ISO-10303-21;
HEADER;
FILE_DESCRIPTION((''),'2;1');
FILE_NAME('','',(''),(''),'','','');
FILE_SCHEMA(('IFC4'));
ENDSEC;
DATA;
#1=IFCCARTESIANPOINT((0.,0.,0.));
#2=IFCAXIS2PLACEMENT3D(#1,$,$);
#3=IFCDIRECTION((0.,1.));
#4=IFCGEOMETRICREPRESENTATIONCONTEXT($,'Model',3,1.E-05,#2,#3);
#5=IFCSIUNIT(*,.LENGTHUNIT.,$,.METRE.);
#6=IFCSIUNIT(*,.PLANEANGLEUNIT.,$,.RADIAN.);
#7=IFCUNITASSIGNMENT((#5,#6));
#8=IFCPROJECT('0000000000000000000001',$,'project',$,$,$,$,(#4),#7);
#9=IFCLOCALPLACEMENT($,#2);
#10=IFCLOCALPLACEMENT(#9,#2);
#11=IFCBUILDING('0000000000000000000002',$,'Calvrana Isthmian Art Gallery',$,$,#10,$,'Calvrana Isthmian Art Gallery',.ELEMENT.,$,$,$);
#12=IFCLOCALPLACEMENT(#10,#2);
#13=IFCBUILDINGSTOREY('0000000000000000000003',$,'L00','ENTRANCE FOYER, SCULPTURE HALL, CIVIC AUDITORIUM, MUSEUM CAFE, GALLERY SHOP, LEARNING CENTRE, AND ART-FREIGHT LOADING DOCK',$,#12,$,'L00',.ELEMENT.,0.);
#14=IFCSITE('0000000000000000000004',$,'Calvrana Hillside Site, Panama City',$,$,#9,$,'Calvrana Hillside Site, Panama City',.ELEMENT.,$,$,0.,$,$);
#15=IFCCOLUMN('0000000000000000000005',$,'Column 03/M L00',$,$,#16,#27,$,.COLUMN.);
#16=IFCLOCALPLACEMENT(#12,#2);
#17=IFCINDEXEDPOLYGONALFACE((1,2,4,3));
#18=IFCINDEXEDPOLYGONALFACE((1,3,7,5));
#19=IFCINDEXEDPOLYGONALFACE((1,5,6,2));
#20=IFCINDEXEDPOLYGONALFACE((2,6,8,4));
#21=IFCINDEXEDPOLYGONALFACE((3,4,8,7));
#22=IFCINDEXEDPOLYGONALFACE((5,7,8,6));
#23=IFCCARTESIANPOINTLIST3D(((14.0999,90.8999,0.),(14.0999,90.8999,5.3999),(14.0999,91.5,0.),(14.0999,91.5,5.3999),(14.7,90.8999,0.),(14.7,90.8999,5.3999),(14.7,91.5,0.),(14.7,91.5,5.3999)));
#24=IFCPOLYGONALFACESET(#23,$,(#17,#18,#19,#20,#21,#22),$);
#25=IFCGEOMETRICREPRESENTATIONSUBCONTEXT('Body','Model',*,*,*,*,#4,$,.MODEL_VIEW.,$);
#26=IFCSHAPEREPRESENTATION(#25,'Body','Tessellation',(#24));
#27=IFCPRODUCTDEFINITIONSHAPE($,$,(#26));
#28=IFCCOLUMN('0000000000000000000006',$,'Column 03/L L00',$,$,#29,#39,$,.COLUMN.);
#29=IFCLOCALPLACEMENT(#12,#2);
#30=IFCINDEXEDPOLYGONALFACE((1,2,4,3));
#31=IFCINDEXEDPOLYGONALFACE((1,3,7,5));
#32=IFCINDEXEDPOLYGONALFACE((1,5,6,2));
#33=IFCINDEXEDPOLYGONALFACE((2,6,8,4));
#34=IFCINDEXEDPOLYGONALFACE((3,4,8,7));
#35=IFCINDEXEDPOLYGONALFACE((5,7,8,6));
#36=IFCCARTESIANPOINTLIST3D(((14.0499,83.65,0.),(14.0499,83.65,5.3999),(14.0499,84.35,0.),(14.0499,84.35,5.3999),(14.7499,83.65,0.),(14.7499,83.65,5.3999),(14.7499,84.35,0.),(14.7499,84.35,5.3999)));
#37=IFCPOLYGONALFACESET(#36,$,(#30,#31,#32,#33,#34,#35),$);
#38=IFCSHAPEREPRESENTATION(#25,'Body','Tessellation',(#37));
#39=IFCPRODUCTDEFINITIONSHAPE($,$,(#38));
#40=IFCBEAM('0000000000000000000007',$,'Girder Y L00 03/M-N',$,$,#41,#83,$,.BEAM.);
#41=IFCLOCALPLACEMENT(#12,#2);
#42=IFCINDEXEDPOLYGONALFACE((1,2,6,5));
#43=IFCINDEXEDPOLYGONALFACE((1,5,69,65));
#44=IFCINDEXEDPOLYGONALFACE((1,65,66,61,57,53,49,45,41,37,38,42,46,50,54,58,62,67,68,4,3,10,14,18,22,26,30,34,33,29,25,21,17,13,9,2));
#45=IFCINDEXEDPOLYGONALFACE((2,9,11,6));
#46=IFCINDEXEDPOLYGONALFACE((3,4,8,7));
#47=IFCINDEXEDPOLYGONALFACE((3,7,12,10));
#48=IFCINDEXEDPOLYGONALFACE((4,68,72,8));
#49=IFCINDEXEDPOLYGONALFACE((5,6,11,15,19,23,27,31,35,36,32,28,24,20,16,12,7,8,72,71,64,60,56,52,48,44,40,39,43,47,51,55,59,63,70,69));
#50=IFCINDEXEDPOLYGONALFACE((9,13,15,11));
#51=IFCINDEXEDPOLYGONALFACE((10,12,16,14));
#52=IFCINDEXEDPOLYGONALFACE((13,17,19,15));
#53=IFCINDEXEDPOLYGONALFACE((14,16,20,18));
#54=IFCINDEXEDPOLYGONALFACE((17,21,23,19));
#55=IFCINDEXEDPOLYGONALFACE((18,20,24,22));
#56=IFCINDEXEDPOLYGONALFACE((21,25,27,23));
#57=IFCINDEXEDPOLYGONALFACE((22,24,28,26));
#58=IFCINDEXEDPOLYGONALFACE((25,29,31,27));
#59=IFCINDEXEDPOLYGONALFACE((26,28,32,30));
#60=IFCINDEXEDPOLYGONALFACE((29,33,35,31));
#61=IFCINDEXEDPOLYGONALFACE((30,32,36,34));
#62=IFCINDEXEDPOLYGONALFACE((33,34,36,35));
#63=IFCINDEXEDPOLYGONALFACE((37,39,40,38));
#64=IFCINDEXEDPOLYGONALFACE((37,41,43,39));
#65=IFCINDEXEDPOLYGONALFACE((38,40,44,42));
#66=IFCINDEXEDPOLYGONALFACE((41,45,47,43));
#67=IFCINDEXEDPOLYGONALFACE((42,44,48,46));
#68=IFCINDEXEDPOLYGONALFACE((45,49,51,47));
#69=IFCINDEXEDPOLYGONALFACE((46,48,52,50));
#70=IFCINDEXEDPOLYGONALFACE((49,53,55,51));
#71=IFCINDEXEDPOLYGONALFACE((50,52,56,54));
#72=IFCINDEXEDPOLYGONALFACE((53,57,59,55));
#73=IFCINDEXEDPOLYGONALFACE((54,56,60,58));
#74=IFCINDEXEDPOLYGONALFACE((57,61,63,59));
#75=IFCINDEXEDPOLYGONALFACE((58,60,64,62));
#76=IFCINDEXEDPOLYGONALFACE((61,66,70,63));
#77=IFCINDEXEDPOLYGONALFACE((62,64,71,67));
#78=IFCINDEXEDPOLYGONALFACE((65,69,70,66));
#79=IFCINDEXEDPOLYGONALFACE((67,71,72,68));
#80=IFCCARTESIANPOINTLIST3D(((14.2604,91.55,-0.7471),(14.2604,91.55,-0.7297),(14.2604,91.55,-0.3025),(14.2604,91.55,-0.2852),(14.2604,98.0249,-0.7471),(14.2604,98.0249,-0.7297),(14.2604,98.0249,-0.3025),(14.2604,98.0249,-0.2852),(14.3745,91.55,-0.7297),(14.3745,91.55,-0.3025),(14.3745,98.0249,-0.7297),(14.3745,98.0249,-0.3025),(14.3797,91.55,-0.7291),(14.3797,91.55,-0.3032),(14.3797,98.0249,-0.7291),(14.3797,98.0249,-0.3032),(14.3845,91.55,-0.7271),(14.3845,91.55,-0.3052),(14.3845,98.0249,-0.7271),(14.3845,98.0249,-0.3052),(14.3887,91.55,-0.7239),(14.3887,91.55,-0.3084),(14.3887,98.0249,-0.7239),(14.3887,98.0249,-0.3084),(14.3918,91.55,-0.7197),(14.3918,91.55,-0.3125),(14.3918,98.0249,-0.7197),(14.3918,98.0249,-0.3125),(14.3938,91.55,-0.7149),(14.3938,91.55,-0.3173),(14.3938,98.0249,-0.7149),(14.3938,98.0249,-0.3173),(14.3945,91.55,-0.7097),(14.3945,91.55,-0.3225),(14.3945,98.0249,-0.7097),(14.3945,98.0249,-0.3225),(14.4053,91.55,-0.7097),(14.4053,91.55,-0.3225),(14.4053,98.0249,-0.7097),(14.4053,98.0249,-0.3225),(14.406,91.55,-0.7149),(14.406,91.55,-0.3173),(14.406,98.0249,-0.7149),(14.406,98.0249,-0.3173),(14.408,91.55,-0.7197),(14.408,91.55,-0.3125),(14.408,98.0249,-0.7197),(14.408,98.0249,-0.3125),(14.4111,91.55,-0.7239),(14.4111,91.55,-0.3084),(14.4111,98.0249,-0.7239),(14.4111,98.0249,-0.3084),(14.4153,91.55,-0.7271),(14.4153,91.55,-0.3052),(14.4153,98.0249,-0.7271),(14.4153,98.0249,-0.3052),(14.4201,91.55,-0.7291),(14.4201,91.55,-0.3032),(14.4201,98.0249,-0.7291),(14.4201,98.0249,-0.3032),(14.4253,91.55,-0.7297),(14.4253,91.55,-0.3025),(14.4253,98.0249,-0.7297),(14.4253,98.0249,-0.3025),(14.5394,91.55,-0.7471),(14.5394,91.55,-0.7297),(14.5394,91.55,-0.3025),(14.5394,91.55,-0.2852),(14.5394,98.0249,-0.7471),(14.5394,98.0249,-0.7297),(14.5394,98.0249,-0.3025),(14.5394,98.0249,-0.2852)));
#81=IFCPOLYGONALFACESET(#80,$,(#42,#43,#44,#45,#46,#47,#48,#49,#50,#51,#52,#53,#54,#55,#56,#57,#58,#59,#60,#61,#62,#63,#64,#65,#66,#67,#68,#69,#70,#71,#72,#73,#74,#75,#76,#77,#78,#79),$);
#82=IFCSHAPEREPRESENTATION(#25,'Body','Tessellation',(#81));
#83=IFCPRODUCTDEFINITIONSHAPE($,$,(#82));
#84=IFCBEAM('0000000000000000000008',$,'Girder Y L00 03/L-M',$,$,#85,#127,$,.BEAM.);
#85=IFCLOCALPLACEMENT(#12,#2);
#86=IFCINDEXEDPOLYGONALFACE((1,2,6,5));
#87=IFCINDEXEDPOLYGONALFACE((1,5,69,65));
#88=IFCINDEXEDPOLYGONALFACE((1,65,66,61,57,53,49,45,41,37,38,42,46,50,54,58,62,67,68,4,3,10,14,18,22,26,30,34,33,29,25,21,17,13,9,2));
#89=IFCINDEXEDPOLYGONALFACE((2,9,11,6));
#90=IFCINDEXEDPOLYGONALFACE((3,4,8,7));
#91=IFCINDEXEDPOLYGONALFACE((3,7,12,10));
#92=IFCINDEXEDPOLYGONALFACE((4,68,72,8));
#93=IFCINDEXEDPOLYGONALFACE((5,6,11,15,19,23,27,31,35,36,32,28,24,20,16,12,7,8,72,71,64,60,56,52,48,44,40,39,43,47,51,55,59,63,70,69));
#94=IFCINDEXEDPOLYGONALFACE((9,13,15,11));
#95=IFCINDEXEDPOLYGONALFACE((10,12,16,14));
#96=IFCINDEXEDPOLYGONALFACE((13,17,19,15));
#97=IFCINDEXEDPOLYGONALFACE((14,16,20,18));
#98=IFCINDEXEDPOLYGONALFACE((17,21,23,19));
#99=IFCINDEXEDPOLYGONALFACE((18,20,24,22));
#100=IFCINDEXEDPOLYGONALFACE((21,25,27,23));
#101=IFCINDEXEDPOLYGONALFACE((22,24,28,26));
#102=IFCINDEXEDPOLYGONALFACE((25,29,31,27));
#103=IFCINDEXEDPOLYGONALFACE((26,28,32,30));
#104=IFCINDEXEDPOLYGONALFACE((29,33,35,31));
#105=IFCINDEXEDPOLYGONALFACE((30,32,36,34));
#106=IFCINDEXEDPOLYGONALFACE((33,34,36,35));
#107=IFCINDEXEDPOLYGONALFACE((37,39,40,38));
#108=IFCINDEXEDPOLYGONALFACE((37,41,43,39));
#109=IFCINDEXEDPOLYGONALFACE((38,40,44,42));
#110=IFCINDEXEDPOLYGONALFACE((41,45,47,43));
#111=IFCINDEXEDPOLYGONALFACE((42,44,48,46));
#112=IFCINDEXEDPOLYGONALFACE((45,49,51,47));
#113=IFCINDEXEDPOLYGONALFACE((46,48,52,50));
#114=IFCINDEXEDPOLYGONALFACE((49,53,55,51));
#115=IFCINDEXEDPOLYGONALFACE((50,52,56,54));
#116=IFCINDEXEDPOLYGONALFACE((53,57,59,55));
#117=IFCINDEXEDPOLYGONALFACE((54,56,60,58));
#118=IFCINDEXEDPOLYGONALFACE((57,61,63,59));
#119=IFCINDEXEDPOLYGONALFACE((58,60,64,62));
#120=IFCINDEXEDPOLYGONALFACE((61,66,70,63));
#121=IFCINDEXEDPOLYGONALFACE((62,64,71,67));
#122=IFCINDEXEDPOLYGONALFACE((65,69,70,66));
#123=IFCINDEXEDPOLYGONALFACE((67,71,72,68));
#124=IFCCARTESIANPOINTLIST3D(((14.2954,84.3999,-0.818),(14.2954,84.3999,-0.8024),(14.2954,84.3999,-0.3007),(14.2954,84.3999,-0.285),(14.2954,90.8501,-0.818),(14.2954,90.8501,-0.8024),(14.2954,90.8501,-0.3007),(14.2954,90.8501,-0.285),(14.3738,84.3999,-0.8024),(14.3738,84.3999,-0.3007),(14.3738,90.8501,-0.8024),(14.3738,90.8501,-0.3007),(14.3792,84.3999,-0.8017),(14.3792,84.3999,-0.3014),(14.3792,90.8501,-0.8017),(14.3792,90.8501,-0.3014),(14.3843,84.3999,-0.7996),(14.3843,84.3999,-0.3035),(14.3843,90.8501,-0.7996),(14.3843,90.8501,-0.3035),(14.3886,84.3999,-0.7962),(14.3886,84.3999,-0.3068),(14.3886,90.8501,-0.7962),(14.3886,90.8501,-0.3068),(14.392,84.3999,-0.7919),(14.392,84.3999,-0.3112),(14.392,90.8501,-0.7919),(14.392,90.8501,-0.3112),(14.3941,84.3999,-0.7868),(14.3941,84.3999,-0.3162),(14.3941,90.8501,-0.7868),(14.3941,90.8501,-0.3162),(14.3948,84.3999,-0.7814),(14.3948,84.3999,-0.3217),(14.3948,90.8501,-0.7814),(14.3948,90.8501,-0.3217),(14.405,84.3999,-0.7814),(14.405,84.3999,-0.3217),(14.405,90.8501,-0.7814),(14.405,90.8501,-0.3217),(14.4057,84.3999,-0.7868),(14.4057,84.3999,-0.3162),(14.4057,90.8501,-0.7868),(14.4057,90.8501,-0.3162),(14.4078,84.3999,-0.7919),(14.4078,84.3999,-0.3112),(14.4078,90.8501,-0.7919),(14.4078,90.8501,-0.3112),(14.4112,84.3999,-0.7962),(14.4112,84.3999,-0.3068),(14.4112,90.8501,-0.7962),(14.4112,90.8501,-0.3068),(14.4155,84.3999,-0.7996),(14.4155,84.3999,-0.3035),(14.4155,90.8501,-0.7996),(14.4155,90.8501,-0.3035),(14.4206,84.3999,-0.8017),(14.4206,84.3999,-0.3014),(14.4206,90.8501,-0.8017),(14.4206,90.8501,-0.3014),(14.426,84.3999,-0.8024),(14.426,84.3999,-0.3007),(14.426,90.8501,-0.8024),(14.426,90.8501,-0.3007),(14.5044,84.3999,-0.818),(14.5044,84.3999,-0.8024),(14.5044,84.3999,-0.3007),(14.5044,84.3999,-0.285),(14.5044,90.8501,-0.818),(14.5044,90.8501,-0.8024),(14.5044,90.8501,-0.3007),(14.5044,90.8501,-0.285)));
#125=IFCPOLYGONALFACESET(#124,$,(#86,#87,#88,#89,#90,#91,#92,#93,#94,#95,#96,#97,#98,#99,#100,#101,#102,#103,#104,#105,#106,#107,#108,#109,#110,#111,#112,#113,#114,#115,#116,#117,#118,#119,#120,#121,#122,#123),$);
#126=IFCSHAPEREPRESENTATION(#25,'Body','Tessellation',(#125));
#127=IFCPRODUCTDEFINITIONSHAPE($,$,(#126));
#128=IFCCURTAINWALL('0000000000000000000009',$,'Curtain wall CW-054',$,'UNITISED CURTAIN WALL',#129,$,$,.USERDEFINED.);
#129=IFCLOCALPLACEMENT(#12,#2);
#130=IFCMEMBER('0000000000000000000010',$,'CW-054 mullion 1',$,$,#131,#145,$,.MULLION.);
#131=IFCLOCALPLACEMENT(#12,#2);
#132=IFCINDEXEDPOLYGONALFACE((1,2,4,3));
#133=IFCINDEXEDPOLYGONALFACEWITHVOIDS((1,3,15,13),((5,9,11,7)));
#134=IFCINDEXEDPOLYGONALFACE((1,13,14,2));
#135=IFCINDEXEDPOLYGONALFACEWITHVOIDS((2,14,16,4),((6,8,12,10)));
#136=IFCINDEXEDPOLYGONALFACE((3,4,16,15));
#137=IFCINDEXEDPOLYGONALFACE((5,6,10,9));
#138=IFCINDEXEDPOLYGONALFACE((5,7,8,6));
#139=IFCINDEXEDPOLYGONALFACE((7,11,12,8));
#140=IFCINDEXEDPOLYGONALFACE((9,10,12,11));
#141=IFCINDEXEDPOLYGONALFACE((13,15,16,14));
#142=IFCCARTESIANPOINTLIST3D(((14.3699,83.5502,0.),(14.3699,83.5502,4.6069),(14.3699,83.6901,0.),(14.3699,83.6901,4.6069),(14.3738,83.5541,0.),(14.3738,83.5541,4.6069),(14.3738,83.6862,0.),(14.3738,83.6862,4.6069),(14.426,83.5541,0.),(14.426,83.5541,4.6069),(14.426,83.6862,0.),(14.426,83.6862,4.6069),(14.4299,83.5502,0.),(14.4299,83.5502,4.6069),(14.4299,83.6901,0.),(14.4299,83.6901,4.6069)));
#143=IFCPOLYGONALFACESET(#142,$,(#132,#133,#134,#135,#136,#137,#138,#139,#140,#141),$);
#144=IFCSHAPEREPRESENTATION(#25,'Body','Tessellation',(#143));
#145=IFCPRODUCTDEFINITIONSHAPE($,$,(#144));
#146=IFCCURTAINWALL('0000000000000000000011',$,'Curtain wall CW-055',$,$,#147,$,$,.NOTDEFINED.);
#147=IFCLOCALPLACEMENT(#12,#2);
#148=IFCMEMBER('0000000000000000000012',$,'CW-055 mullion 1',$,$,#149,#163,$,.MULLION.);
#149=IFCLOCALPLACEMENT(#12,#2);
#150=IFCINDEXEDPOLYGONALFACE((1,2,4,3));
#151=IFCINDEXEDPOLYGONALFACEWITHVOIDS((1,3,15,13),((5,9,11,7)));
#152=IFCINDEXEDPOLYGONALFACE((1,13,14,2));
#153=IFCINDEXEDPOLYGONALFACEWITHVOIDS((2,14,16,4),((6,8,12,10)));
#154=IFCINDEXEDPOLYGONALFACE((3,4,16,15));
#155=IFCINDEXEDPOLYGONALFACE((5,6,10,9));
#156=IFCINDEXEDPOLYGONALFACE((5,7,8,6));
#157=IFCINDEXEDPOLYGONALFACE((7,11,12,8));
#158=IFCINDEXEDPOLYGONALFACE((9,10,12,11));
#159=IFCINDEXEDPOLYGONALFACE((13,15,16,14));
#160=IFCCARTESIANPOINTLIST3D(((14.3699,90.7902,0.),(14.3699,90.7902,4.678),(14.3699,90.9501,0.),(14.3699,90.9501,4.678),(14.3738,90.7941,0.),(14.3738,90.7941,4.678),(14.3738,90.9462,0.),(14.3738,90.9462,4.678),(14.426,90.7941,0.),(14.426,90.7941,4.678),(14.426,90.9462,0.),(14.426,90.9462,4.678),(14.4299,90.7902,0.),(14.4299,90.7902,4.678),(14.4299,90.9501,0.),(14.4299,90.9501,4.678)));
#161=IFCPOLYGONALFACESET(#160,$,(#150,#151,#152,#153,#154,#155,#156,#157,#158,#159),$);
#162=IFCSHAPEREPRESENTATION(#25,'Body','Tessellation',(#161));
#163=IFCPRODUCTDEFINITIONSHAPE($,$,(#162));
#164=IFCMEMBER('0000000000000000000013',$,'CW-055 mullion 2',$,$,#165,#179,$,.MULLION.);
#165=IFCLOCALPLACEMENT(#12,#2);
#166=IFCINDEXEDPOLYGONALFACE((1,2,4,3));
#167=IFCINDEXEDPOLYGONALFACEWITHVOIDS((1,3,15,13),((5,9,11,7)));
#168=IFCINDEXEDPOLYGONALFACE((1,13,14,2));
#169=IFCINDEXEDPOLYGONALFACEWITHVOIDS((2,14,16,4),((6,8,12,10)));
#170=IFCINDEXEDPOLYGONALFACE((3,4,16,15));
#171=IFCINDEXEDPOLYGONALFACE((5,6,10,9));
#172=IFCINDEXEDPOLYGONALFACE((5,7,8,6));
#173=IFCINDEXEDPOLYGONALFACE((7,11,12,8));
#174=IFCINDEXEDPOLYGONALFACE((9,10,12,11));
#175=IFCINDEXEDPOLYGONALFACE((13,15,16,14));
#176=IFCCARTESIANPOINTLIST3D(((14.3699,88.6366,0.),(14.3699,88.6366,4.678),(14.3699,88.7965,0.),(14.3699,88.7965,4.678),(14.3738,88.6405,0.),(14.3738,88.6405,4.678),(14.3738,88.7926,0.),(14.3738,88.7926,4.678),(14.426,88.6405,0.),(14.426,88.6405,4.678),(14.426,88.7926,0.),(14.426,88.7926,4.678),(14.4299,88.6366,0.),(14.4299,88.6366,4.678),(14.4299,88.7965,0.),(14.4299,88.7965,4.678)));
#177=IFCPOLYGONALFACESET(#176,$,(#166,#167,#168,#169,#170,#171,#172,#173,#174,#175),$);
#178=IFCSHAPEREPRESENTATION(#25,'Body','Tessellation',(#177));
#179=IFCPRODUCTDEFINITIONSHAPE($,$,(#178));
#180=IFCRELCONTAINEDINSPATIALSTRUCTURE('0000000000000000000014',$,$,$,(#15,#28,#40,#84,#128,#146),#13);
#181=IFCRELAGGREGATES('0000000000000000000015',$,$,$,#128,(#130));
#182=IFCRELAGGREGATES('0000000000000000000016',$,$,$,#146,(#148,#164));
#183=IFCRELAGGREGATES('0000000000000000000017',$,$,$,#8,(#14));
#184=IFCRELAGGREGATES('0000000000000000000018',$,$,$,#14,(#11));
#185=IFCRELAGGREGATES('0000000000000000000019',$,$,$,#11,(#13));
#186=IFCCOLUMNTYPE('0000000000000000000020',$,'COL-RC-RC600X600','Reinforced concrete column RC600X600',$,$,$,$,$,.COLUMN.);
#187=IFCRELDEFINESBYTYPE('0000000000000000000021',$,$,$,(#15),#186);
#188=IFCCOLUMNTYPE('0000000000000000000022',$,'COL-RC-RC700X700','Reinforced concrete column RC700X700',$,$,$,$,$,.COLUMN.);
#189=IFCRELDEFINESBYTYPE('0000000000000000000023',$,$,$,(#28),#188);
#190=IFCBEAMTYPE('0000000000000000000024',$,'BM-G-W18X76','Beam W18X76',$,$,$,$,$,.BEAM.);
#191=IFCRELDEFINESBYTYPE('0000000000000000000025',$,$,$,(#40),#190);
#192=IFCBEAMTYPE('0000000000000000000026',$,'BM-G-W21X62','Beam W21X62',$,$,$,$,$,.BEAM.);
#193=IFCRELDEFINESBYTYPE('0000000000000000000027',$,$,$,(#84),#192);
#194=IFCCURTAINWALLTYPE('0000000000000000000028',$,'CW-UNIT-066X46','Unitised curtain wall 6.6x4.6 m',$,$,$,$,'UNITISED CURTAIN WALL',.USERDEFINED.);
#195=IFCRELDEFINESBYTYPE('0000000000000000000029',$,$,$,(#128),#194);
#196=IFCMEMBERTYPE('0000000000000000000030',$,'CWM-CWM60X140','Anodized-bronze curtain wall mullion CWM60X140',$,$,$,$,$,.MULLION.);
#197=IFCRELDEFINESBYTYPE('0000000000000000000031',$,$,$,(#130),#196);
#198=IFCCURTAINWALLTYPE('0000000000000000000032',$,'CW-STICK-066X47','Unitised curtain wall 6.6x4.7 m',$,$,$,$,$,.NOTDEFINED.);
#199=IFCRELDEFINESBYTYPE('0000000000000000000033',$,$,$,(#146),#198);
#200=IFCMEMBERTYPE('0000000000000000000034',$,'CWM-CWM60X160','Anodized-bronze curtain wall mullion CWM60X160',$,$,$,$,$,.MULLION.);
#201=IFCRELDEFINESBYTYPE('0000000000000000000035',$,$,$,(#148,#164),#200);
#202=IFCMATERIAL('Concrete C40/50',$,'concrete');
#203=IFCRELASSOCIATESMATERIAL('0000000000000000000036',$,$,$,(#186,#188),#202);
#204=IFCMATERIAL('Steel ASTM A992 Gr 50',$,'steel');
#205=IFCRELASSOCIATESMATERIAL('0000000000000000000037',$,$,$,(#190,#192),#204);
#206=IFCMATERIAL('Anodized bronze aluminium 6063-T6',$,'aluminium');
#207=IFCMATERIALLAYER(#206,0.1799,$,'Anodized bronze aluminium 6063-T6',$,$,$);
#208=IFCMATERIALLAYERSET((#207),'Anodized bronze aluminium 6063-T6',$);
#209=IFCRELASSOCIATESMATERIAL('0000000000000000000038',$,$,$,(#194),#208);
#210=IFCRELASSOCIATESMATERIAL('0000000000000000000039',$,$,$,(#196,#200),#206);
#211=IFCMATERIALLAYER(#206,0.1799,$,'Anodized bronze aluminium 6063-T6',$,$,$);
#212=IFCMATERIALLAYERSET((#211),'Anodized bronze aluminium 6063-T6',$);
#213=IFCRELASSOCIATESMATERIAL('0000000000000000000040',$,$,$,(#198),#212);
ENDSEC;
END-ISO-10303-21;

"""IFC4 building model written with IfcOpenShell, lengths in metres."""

from ifc_helpers import new_model, si_unit, direction, frame, origin, origin_2d, place, context, subcontext, project, spatial, rectangle, hollow_rectangle, i_section, extrude, material, layer, layer_set, material_profile, profile_set, type_object, element, aggregate, save


model = new_model("IFC4")

# Units and contexts
model_context = context("Model", 3, precision=1e-05, world=origin(), true_north=direction((0.0, 1.0)))
body_context = subcontext(model_context, "Body", "Model", "MODEL_VIEW")
ifc_project = project(units=[si_unit("LENGTHUNIT", "METRE"), si_unit("PLANEANGLEUNIT", "RADIAN")], contexts=[model_context])

# Site, building, storey
site_placement = place(None, origin())
site = spatial("IfcSite", under=ifc_project, at=site_placement, Name="Calvrana Hillside Site, Panama City", LongName="Calvrana Hillside Site, Panama City", CompositionType="ELEMENT", RefElevation=0.0)
building_placement = place(site_placement, origin())
building = spatial("IfcBuilding", under=site, at=building_placement, Name="Calvrana Isthmian Art Gallery", LongName="Calvrana Isthmian Art Gallery", CompositionType="ELEMENT")
storey_placement = place(building_placement, origin())
storey = spatial("IfcBuildingStorey", under=building, at=storey_placement, Name="L00", Description="ENTRANCE FOYER, SCULPTURE HALL, CIVIC AUDITORIUM, MUSEUM CAFE, GALLERY SHOP, LEARNING CENTRE, AND ART-FREIGHT LOADING DOCK", LongName="L00", CompositionType="ELEMENT", Elevation=0.0)

# Columns
ifc_material_1 = material(Name="Concrete C40/50", Category="concrete")
ifc_material_profile_1 = material_profile(ifc_material_1, rectangle(XDim=0.6001, YDim=0.6001, at=origin_2d()), Name="RC600X600")
ifc_profile_set_1 = profile_set([ifc_material_profile_1], Name="Concrete C40/50")
column_type_1 = type_object("IfcColumnType", Name="COL-RC-RC600X600", Description="Reinforced concrete column RC600X600", PredefinedType="COLUMN", material=ifc_profile_set_1)
column_1_placement = place(storey_placement, frame((14.3999, 91.2, 0.0), z_axis=(0.0, 0.0, 1.0), x_axis=(1.0, 0.0, 0.0)))
element("IfcColumn", 1, at=column_1_placement, inside=storey, type_object=column_type_1, Name="Column 03/M L00", PredefinedType="COLUMN", context=body_context, shape_type="SweptSolid", body=[
    extrude(rectangle(XDim=0.6001, YDim=0.6001, at=origin_2d()), origin(), (0.0, 0.0, 1.0), 5.3999),
])
ifc_material_profile_2 = material_profile(ifc_material_1, rectangle(XDim=0.7, YDim=0.7, at=origin_2d()), Name="RC700X700")
ifc_profile_set_2 = profile_set([ifc_material_profile_2], Name="Concrete C40/50")
column_type_2 = type_object("IfcColumnType", Name="COL-RC-RC700X700", Description="Reinforced concrete column RC700X700", PredefinedType="COLUMN", material=ifc_profile_set_2)
column_2_placement = place(storey_placement, frame((14.3999, 84.0, 0.0), z_axis=(0.0, 0.0, 1.0), x_axis=(1.0, 0.0, 0.0)))
element("IfcColumn", 2, at=column_2_placement, inside=storey, type_object=column_type_2, Name="Column 03/L L00", PredefinedType="COLUMN", context=body_context, shape_type="SweptSolid", body=[
    extrude(rectangle(XDim=0.7, YDim=0.7, at=origin_2d()), origin(), (0.0, 0.0, 1.0), 5.3999),
])

# Beams
ifc_material_2 = material(Name="Steel ASTM A992 Gr 50", Category="steel")
ifc_material_profile_3 = material_profile(ifc_material_2, i_section(OverallWidth=0.2791, OverallDepth=0.4619, WebThickness=0.0107, FlangeThickness=0.0173, FilletRadius=0.02, at=origin_2d()), Name="W18X76")
ifc_profile_set_3 = profile_set([ifc_material_profile_3], Name="Steel ASTM A992 Gr 50")
beam_type_1 = type_object("IfcBeamType", Name="BM-G-W18X76", Description="Beam W18X76", PredefinedType="BEAM", material=ifc_profile_set_3)
beam_1_placement = place(storey_placement, frame((14.3999, 91.55, -0.5161), z_axis=(0.0, 1.0, 0.0), x_axis=(-1.0, 0.0, 0.0)))
element("IfcBeam", 3, at=beam_1_placement, inside=storey, type_object=beam_type_1, Name="Girder Y L00 03/M-N", PredefinedType="BEAM", context=body_context, shape_type="SweptSolid", body=[
    extrude(i_section(OverallWidth=0.2791, OverallDepth=0.4619, WebThickness=0.0107, FlangeThickness=0.0173, FilletRadius=0.02, at=origin_2d()), origin(), (0.0, 0.0, 1.0), 6.4749),
])
ifc_material_profile_4 = material_profile(ifc_material_2, i_section(OverallWidth=0.209, OverallDepth=0.533, WebThickness=0.0103, FlangeThickness=0.0156, FilletRadius=0.021, at=origin_2d()), Name="W21X62")
ifc_profile_set_4 = profile_set([ifc_material_profile_4], Name="Steel ASTM A992 Gr 50")
beam_type_2 = type_object("IfcBeamType", Name="BM-G-W21X62", Description="Beam W21X62", PredefinedType="BEAM", material=ifc_profile_set_4)
beam_2_placement = place(storey_placement, frame((14.3999, 84.3999, -0.5515), z_axis=(0.0, 1.0, 0.0), x_axis=(-1.0, 0.0, 0.0)))
element("IfcBeam", 4, at=beam_2_placement, inside=storey, type_object=beam_type_2, Name="Girder Y L00 03/L-M", PredefinedType="BEAM", context=body_context, shape_type="SweptSolid", body=[
    extrude(i_section(OverallWidth=0.209, OverallDepth=0.533, WebThickness=0.0103, FlangeThickness=0.0156, FilletRadius=0.021, at=origin_2d()), origin(), (0.0, 0.0, 1.0), 6.4502),
])

# Curtain wall, member
ifc_material_3 = material(Name="Anodized bronze aluminium 6063-T6", Category="aluminium")
ifc_layer_1 = layer(ifc_material_3, 0.1799, Name="Anodized bronze aluminium 6063-T6")
ifc_layer_set_1 = layer_set([ifc_layer_1], Name="Anodized bronze aluminium 6063-T6")
curtain_wall_type_1 = type_object("IfcCurtainWallType", Name="CW-UNIT-066X46", Description="Unitised curtain wall 6.6x4.6 m", ElementType="UNITISED CURTAIN WALL", PredefinedType="USERDEFINED", material=ifc_layer_set_1)
curtain_wall_1_placement = place(storey_placement, origin())
curtain_wall_1 = element("IfcCurtainWall", 5, at=curtain_wall_1_placement, inside=storey, type_object=curtain_wall_type_1, Name="Curtain wall CW-054", ObjectType="UNITISED CURTAIN WALL", PredefinedType="USERDEFINED")
ifc_material_profile_5 = material_profile(ifc_material_3, hollow_rectangle(XDim=0.0601, YDim=0.1399, WallThickness=0.0039, at=origin_2d()), Name="CWM60X140")
ifc_profile_set_5 = profile_set([ifc_material_profile_5], Name="Anodized bronze aluminium 6063-T6")
member_type_1 = type_object("IfcMemberType", Name="CWM-CWM60X140", Description="Anodized-bronze curtain wall mullion CWM60X140", PredefinedType="MULLION", material=ifc_profile_set_5)
member_1_placement = place(storey_placement, frame((14.3999, 83.6201, 0.0), z_axis=(0.0, 0.0, 1.0), x_axis=(1.0, 0.0, 0.0)))
member_1 = element("IfcMember", 6, at=member_1_placement, type_object=member_type_1, Name="CW-054 mullion 1", PredefinedType="MULLION", context=body_context, shape_type="SweptSolid", body=[
    extrude(hollow_rectangle(XDim=0.0601, YDim=0.1399, WallThickness=0.0039, at=origin_2d()), origin(), (0.0, 0.0, 1.0), 4.6069),
])

# Curtain wall, members
ifc_layer_2 = layer(ifc_material_3, 0.1799, Name="Anodized bronze aluminium 6063-T6")
ifc_layer_set_2 = layer_set([ifc_layer_2], Name="Anodized bronze aluminium 6063-T6")
curtain_wall_type_2 = type_object("IfcCurtainWallType", Name="CW-STICK-066X47", Description="Unitised curtain wall 6.6x4.7 m", PredefinedType="NOTDEFINED", material=ifc_layer_set_2)
curtain_wall_2_placement = place(storey_placement, origin())
curtain_wall_2 = element("IfcCurtainWall", 7, at=curtain_wall_2_placement, inside=storey, type_object=curtain_wall_type_2, Name="Curtain wall CW-055", PredefinedType="NOTDEFINED")
ifc_material_profile_6 = material_profile(ifc_material_3, hollow_rectangle(XDim=0.0601, YDim=0.1599, WallThickness=0.0039, at=origin_2d()), Name="CWM60X160")
ifc_profile_set_6 = profile_set([ifc_material_profile_6], Name="Anodized bronze aluminium 6063-T6")
member_type_2 = type_object("IfcMemberType", Name="CWM-CWM60X160", Description="Anodized-bronze curtain wall mullion CWM60X160", PredefinedType="MULLION", material=ifc_profile_set_6)
member_2_placement = place(storey_placement, frame((14.3999, 90.8701, 0.0), z_axis=(0.0, 0.0, 1.0), x_axis=(1.0, 0.0, 0.0)))
member_2 = element("IfcMember", 8, at=member_2_placement, type_object=member_type_2, Name="CW-055 mullion 1", PredefinedType="MULLION", context=body_context, shape_type="SweptSolid", body=[
    extrude(hollow_rectangle(XDim=0.0601, YDim=0.1599, WallThickness=0.0039, at=origin_2d()), origin(), (0.0, 0.0, 1.0), 4.678),
])
member_3_placement = place(storey_placement, frame((14.3999, 88.7166, 0.0), z_axis=(0.0, 0.0, 1.0), x_axis=(1.0, 0.0, 0.0)))
member_3 = element("IfcMember", 9, at=member_3_placement, type_object=member_type_2, Name="CW-055 mullion 2", PredefinedType="MULLION", context=body_context, shape_type="SweptSolid", body=[
    extrude(hollow_rectangle(XDim=0.0601, YDim=0.1599, WallThickness=0.0039, at=origin_2d()), origin(), (0.0, 0.0, 1.0), 4.678),
])

aggregate(curtain_wall_1, [member_1])

aggregate(curtain_wall_2, [member_2, member_3])

save(model, "model.ifc")
